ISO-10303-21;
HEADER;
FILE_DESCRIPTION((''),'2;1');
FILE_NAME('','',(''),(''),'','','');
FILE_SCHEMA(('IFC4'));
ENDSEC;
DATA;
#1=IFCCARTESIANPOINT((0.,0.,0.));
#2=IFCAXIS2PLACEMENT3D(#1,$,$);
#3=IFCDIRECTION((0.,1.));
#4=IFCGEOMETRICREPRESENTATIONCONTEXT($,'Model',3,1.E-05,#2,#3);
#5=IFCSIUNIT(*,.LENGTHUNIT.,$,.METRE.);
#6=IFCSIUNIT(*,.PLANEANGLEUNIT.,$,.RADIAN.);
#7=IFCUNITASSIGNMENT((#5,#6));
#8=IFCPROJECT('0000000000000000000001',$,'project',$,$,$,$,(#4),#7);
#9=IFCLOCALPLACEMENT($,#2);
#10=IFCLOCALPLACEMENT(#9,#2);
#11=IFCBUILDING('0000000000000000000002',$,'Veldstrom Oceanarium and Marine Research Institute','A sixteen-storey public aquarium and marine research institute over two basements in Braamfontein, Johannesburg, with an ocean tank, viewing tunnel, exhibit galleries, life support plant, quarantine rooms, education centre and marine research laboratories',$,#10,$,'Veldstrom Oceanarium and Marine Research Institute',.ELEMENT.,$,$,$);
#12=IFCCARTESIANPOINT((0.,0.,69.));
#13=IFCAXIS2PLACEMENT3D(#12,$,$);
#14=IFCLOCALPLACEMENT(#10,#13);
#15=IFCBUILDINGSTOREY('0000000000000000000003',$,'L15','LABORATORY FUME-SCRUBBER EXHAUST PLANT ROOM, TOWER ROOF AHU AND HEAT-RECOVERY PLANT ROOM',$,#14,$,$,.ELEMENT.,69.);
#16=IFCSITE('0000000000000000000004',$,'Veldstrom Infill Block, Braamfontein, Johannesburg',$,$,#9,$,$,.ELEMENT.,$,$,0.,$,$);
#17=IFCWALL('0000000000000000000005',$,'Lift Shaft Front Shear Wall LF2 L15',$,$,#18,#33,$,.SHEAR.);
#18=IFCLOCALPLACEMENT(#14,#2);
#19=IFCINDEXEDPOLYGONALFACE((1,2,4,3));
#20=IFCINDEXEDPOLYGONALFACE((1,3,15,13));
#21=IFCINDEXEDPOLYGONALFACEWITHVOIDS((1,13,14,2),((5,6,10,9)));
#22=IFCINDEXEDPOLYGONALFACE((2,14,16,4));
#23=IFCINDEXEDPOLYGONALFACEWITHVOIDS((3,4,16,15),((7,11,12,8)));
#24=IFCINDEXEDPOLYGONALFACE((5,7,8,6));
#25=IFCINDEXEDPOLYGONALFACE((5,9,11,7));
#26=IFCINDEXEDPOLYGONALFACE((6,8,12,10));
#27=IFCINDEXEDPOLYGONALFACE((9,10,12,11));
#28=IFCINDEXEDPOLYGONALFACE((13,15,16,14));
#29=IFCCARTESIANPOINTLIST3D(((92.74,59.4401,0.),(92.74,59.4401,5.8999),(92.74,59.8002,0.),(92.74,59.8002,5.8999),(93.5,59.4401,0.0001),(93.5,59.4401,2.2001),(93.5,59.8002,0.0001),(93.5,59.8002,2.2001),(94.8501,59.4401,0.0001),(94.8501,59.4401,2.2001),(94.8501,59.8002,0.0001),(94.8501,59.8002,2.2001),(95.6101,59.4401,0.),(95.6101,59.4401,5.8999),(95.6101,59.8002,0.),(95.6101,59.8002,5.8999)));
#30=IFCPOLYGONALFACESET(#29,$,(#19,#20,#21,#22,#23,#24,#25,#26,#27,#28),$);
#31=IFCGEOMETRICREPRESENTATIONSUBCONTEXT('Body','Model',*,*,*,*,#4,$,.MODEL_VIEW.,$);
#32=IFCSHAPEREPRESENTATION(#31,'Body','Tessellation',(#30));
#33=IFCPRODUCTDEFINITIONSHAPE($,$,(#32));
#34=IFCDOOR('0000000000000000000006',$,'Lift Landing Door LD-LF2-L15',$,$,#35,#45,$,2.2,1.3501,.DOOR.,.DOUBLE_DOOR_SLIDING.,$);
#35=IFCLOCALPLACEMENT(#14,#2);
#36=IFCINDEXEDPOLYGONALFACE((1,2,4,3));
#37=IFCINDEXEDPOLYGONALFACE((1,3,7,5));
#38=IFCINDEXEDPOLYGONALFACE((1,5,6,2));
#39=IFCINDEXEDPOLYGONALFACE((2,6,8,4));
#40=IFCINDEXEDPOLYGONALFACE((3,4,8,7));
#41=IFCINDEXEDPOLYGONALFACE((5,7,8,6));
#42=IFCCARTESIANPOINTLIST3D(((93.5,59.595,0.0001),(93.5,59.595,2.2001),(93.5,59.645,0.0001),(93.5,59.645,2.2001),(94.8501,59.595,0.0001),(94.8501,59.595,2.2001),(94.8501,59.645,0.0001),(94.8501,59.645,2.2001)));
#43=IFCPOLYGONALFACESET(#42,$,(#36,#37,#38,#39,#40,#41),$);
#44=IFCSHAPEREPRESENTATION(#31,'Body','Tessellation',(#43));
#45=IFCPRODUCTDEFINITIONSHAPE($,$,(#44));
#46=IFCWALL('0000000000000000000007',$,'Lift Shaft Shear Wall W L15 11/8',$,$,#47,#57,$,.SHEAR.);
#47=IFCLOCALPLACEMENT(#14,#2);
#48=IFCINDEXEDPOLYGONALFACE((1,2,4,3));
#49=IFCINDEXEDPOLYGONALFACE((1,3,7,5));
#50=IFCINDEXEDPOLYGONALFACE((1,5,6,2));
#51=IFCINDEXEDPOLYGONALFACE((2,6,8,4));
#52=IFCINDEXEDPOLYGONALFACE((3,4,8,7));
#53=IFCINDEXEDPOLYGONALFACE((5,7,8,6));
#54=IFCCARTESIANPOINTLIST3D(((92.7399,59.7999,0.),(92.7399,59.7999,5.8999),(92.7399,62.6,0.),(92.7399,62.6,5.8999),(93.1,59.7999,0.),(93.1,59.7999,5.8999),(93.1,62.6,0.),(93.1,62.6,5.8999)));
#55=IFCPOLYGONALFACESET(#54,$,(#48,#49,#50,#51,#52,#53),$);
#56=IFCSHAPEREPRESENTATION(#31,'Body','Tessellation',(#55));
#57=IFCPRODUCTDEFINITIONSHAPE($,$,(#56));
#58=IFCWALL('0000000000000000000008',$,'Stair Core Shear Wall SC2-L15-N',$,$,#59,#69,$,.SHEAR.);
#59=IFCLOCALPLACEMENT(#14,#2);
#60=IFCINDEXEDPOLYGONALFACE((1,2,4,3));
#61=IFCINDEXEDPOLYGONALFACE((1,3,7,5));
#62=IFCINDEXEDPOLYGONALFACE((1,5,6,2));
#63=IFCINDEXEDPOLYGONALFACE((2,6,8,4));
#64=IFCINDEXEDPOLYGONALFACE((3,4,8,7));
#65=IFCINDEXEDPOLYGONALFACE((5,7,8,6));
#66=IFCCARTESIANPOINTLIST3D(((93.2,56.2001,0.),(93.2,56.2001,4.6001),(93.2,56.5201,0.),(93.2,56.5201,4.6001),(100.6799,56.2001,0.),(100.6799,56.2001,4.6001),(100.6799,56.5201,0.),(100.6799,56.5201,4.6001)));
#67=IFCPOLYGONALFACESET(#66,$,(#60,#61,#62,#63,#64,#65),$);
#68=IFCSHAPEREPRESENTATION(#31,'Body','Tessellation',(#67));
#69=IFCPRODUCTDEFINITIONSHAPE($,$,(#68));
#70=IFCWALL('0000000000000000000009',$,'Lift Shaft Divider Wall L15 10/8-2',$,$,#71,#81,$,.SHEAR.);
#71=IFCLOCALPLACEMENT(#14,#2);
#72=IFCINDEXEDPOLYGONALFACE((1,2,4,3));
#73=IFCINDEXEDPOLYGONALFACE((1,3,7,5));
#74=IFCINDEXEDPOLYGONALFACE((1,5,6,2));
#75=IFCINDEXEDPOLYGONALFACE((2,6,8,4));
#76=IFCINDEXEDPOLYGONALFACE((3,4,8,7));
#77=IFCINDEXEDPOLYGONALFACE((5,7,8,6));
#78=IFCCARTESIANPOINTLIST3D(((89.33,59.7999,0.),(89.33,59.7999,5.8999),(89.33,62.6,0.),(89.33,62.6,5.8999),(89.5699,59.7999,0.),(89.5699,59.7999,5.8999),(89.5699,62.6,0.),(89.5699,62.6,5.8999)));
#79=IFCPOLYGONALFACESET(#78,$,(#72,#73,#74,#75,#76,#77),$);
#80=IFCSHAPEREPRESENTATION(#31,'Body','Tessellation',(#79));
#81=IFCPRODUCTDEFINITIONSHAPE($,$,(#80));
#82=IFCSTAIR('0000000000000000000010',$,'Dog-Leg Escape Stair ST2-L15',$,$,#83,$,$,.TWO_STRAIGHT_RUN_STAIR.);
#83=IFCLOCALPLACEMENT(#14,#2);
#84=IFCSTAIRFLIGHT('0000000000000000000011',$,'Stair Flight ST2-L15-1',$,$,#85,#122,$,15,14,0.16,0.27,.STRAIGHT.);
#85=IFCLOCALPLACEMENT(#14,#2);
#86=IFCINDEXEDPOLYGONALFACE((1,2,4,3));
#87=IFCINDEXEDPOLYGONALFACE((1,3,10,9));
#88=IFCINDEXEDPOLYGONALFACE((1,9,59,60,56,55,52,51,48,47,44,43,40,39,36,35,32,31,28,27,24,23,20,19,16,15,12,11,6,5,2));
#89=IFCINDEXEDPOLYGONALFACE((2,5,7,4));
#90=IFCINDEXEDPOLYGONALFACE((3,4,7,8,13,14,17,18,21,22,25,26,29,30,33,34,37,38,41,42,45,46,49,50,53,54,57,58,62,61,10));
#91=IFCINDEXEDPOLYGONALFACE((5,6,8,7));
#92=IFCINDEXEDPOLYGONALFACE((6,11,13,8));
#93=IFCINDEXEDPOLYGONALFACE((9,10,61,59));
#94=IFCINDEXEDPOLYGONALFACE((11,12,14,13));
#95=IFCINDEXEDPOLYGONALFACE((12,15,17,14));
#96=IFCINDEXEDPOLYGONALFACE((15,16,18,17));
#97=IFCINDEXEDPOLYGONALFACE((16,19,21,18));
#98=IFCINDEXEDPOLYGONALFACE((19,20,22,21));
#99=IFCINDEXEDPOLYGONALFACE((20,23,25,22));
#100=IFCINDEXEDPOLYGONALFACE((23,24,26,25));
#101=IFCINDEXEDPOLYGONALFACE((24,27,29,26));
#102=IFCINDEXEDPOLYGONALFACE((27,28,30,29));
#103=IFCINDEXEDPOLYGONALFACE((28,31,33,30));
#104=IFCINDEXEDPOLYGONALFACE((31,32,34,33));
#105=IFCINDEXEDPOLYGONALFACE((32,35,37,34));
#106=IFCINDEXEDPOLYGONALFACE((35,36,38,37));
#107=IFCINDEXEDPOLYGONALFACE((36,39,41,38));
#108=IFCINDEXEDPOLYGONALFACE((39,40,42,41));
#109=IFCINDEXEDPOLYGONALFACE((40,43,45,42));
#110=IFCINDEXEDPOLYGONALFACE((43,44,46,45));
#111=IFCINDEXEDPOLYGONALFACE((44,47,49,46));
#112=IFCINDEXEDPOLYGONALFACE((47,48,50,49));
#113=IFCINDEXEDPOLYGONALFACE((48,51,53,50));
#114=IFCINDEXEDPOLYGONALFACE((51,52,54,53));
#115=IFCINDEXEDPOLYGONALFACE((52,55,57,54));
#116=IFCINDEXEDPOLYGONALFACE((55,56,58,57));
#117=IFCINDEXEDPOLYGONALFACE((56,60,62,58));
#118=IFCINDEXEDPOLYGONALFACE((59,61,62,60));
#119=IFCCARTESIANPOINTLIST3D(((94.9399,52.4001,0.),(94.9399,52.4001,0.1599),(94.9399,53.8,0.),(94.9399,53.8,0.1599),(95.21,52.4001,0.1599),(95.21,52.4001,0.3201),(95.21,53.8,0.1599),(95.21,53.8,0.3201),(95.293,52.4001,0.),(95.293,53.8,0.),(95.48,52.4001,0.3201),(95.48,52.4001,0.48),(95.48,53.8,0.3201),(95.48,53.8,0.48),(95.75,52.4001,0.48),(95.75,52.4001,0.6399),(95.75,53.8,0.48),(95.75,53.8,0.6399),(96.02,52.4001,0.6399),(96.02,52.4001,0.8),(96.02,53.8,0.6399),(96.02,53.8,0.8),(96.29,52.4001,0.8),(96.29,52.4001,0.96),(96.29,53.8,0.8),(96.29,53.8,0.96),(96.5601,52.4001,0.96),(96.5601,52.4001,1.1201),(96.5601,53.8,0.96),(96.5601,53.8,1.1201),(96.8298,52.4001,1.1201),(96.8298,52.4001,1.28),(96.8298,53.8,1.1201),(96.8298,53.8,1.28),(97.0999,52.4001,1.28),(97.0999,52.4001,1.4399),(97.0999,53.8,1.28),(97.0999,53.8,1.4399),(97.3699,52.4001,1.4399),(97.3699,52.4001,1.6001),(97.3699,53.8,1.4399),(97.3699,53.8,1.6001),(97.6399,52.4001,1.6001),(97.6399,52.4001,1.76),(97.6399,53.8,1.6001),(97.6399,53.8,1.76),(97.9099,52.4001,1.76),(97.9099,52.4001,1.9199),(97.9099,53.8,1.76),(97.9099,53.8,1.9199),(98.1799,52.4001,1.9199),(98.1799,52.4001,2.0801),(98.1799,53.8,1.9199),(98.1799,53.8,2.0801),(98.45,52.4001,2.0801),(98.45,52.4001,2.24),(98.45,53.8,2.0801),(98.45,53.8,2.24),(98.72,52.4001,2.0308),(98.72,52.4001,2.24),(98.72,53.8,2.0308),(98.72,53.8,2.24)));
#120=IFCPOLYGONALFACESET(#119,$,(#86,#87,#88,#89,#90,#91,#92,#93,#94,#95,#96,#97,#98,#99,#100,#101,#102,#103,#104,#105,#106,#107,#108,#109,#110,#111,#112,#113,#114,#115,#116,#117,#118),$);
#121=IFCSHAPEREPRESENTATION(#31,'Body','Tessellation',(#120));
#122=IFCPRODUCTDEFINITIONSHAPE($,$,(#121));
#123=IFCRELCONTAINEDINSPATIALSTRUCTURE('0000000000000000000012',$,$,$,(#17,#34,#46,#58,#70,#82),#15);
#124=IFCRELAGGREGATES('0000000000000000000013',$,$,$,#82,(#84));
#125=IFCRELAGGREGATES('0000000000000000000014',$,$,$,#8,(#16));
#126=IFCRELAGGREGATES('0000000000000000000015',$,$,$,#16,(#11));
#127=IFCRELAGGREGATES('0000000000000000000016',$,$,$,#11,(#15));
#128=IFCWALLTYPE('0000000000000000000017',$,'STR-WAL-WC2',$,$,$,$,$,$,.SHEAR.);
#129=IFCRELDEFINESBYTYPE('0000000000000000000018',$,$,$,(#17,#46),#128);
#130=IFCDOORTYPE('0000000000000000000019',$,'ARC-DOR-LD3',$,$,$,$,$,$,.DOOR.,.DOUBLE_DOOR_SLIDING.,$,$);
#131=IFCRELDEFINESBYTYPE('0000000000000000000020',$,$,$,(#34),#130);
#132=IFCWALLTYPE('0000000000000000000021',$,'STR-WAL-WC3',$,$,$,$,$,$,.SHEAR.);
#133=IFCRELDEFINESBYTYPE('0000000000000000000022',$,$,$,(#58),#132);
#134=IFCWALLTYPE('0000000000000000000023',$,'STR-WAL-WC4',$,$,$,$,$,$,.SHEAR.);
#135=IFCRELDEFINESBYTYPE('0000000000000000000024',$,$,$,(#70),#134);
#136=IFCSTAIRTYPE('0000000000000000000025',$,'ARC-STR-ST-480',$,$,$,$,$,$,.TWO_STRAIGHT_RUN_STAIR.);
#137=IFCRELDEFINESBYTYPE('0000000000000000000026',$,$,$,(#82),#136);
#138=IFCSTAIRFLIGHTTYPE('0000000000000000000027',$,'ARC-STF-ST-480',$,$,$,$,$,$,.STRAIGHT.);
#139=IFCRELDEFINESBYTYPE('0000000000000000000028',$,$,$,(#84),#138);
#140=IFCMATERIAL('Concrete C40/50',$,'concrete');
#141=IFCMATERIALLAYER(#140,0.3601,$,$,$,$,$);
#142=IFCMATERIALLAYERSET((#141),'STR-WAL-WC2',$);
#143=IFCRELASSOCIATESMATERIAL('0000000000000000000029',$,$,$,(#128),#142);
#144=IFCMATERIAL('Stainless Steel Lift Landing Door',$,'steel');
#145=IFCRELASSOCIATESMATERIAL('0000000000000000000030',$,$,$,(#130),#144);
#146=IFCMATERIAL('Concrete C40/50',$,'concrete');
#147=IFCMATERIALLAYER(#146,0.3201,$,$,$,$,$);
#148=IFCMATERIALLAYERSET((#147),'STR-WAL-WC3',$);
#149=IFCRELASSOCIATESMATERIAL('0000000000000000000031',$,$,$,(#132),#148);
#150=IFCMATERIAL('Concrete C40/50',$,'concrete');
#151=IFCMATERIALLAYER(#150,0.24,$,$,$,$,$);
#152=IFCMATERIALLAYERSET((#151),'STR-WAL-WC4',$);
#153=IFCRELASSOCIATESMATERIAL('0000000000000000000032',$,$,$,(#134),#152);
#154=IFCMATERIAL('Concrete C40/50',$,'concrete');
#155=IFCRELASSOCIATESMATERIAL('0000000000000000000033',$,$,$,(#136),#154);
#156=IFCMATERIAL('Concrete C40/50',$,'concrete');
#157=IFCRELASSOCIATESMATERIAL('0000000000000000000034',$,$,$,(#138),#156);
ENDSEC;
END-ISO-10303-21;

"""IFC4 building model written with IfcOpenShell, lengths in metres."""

from ifc_helpers import new_model, si_unit, direction, frame, frame_2d, origin, place, context, subcontext, project, spatial, polyline, rectangle, outline, extrude, material, layer, layer_set, type_object, element, fill, aggregate, save


model = new_model("IFC4")

# Units and contexts
model_context = context("Model", 3, precision=1e-05, world=origin(), true_north=direction((0.0, 1.0)))
body_context = subcontext(model_context, "Body", "Model", "MODEL_VIEW")
ifc_project = project(units=[si_unit("LENGTHUNIT", "METRE"), si_unit("PLANEANGLEUNIT", "RADIAN")], contexts=[model_context])

# Site, building, storey
site_placement = place(None, origin())
site = spatial("IfcSite", under=ifc_project, at=site_placement, Name="Veldstrom Infill Block, Braamfontein, Johannesburg", CompositionType="ELEMENT", RefElevation=0.0)
building_placement = place(site_placement, origin())
building = spatial("IfcBuilding", under=site, at=building_placement, Name="Veldstrom Oceanarium and Marine Research Institute", Description="A sixteen-storey public aquarium and marine research institute over two basements in Braamfontein, Johannesburg, with an ocean tank, viewing tunnel, exhibit galleries, life support plant, quarantine rooms, education centre and marine research laboratories", LongName="Veldstrom Oceanarium and Marine Research Institute", CompositionType="ELEMENT")
storey_placement = place(building_placement, frame((0.0, 0.0, 69.0)))
storey = spatial("IfcBuildingStorey", under=building, at=storey_placement, Name="L15", Description="LABORATORY FUME-SCRUBBER EXHAUST PLANT ROOM, TOWER ROOF AHU AND HEAT-RECOVERY PLANT ROOM", CompositionType="ELEMENT", Elevation=69.0)

# Shared definitions
ifc_material_1 = material(Name="Concrete C40/50", Category="concrete")
ifc_layer_1 = layer(ifc_material_1, 0.3601)
ifc_layer_set_1 = layer_set([ifc_layer_1], Name="STR-WAL-WC2")
wall_type_1 = type_object("IfcWallType", Name="STR-WAL-WC2", PredefinedType="SHEAR", material=ifc_layer_set_1)

# Wall, opening, door
wall_1_placement = place(storey_placement, frame((92.74, 59.6201, 0.0), z_axis=(0.0, 0.0, 1.0), x_axis=(1.0, 0.0, 0.0)))
wall_1 = element("IfcWall", 1, at=wall_1_placement, inside=storey, type_object=wall_type_1, Name="Lift Shaft Front Shear Wall LF2 L15", PredefinedType="SHEAR", context=body_context, shape_type="SweptSolid", body=[
    extrude(rectangle(XDim=2.8701, YDim=0.3601, at=frame_2d((1.4351, 0.0))), origin(), (0.0, 0.0, 1.0), 5.8999),
])
opening_1_placement = place(wall_1_placement, frame((0.76, 0.0, 0.0)))
opening_1 = element("IfcOpeningElement", 2, at=opening_1_placement, cuts=wall_1, PredefinedType="OPENING", context=body_context, shape_type="SweptSolid", body=[
    extrude(rectangle(XDim=1.3501, YDim=2.2, at=frame_2d((0.675, 1.1001))), frame((0.0, 0.1899, 0.0), z_axis=(0.0, -1.0, 0.0), x_axis=(1.0, 0.0, 0.0)), (0.0, 0.0, 1.0), 0.3801),
])
ifc_material_2 = material(Name="Stainless Steel Lift Landing Door", Category="steel")
door_type_1 = type_object("IfcDoorType", Name="ARC-DOR-LD3", OperationType="DOUBLE_DOOR_SLIDING", PredefinedType="DOOR", material=ifc_material_2)
door_1_placement = place(opening_1_placement, origin())
door_1 = element("IfcDoor", 3, at=door_1_placement, inside=storey, type_object=door_type_1, Name="Lift Landing Door LD-LF2-L15", OperationType="DOUBLE_DOOR_SLIDING", OverallHeight=2.2, OverallWidth=1.3501, PredefinedType="DOOR", context=body_context, shape_type="SweptSolid", body=[
    extrude(rectangle(XDim=1.3501, YDim=2.2, at=frame_2d((0.675, 1.1001))), frame((0.0, 0.0249, 0.0), z_axis=(0.0, -1.0, 0.0), x_axis=(1.0, 0.0, 0.0)), (0.0, 0.0, 1.0), 0.05),
])
fill(opening_1, door_1)

# Walls
wall_2_placement = place(storey_placement, frame((92.9199, 59.8, 0.0), z_axis=(0.0, 0.0, 1.0), x_axis=(0.0, 1.0, 0.0)))
element("IfcWall", 4, at=wall_2_placement, inside=storey, type_object=wall_type_1, Name="Lift Shaft Shear Wall W L15 11/8", PredefinedType="SHEAR", context=body_context, shape_type="SweptSolid", body=[
    extrude(rectangle(XDim=2.8, YDim=0.3601, at=frame_2d((1.3999, 0.0))), origin(), (0.0, 0.0, 1.0), 5.8999),
])
ifc_material_3 = material(Name="Concrete C40/50", Category="concrete")
ifc_layer_2 = layer(ifc_material_3, 0.3201)
ifc_layer_set_2 = layer_set([ifc_layer_2], Name="STR-WAL-WC3")
wall_type_2 = type_object("IfcWallType", Name="STR-WAL-WC3", PredefinedType="SHEAR", material=ifc_layer_set_2)
wall_3_placement = place(storey_placement, frame((93.2, 56.3601, 0.0), z_axis=(0.0, 0.0, 1.0), x_axis=(1.0, 0.0, 0.0)))
element("IfcWall", 5, at=wall_3_placement, inside=storey, type_object=wall_type_2, Name="Stair Core Shear Wall SC2-L15-N", PredefinedType="SHEAR", context=body_context, shape_type="SweptSolid", body=[
    extrude(rectangle(XDim=7.48, YDim=0.3201, at=frame_2d((3.74, 0.0))), origin(), (0.0, 0.0, 1.0), 4.6001),
])
ifc_material_4 = material(Name="Concrete C40/50", Category="concrete")
ifc_layer_3 = layer(ifc_material_4, 0.24)
ifc_layer_set_3 = layer_set([ifc_layer_3], Name="STR-WAL-WC4")
wall_type_3 = type_object("IfcWallType", Name="STR-WAL-WC4", PredefinedType="SHEAR", material=ifc_layer_set_3)
wall_4_placement = place(storey_placement, frame((89.45, 59.8, 0.0), z_axis=(0.0, 0.0, 1.0), x_axis=(0.0, 1.0, 0.0)))
element("IfcWall", 6, at=wall_4_placement, inside=storey, type_object=wall_type_3, Name="Lift Shaft Divider Wall L15 10/8-2", PredefinedType="SHEAR", context=body_context, shape_type="SweptSolid", body=[
    extrude(rectangle(XDim=2.8, YDim=0.24, at=frame_2d((1.3999, 0.0))), origin(), (0.0, 0.0, 1.0), 5.8999),
])

# Stair, stair flight
ifc_material_5 = material(Name="Concrete C40/50", Category="concrete")
stair_type = type_object("IfcStairType", Name="ARC-STR-ST-480", PredefinedType="TWO_STRAIGHT_RUN_STAIR", material=ifc_material_5)
stair_placement = place(storey_placement, origin())
stair = element("IfcStair", 7, at=stair_placement, inside=storey, type_object=stair_type, Name="Dog-Leg Escape Stair ST2-L15", PredefinedType="TWO_STRAIGHT_RUN_STAIR")
ifc_material_6 = material(Name="Concrete C40/50", Category="concrete")
stair_flight_type = type_object("IfcStairFlightType", Name="ARC-STF-ST-480", PredefinedType="STRAIGHT", material=ifc_material_6)
stair_flight_placement = place(storey_placement, frame((94.9399, 53.1001, 0.0), z_axis=(0.0, 0.0, 1.0), x_axis=(1.0, 0.0, 0.0)))
stair_flight = element("IfcStairFlight", 8, at=stair_flight_placement, type_object=stair_flight_type, Name="Stair Flight ST2-L15-1", NumberOfRisers=15, NumberOfTreads=14, PredefinedType="STRAIGHT", RiserHeight=0.16, TreadLength=0.27, context=body_context, shape_type="SweptSolid", body=[
    extrude(outline(polyline([(0.0, 0.0), (0.0, 0.1599), (0.27, 0.1599), (0.27, 0.3201), (0.54, 0.3201), (0.54, 0.48), (0.8101, 0.48), (0.8101, 0.6399), (1.0801, 0.6399), (1.0801, 0.8), (1.3501, 0.8), (1.3501, 0.96), (1.6201, 0.96), (1.6201, 1.1201), (1.8899, 1.1201), (1.8899, 1.28), (2.1599, 1.28), (2.1599, 1.4399), (2.4299, 1.4399), (2.4299, 1.6001), (2.7, 1.6001), (2.7, 1.76), (2.97, 1.76), (2.97, 1.9199), (3.24, 1.9199), (3.24, 2.0801), (3.51, 2.0801), (3.51, 2.24), (3.78, 2.24), (3.78, 2.3999), (3.78, 2.0308), (0.353, 0.0), (0.0, 0.0)])), frame((0.0, 0.7, 0.0), z_axis=(0.0, -1.0, 0.0), x_axis=(1.0, 0.0, 0.0)), (0.0, 0.0, 1.0), 1.3999),
])
aggregate(stair, [stair_flight])

save(model, "model.ifc")
